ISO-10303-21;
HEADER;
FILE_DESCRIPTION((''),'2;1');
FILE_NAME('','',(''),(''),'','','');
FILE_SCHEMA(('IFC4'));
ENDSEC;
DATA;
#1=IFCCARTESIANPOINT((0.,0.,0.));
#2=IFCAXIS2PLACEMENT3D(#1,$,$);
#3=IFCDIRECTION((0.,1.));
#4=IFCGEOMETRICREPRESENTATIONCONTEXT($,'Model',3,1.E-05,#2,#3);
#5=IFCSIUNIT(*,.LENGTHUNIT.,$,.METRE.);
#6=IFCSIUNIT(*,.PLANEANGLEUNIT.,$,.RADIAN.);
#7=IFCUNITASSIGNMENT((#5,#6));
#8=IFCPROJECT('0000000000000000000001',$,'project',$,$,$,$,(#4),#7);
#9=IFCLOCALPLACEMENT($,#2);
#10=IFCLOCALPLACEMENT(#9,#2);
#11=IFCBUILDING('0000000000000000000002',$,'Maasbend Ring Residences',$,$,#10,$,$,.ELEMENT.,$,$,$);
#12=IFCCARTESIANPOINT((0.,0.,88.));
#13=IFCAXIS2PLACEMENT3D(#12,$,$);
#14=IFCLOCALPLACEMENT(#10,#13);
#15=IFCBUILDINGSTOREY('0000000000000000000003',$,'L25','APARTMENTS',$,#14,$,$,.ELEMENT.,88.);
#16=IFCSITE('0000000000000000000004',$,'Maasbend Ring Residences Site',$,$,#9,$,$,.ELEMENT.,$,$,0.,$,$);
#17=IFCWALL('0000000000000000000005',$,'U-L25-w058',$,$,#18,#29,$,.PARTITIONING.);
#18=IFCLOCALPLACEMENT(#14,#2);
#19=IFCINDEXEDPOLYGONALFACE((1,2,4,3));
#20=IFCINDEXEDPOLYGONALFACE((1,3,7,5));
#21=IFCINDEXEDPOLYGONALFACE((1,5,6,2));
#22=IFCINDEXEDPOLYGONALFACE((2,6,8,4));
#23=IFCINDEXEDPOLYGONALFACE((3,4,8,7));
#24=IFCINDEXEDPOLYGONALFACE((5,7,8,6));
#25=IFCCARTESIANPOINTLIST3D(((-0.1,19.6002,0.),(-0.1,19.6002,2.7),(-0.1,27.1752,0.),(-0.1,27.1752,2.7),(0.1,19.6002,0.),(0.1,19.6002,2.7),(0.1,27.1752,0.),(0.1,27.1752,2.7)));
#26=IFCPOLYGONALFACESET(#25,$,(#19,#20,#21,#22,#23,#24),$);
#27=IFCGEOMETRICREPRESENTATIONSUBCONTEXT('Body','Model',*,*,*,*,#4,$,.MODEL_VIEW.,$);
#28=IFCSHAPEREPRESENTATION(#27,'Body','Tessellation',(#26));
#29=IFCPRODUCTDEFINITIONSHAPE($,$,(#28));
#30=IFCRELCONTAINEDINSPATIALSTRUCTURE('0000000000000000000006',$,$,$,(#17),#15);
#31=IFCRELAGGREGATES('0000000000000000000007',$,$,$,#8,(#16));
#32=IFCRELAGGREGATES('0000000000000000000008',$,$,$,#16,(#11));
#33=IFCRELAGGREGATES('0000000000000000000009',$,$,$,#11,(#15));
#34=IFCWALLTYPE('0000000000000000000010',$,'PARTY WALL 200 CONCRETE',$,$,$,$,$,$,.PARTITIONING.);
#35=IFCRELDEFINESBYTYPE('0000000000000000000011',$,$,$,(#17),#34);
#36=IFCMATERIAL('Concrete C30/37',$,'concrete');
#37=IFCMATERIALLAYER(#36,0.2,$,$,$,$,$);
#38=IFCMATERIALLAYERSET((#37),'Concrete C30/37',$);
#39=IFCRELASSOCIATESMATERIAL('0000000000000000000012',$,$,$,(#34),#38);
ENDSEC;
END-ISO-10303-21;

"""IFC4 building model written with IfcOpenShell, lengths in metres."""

from ifc_helpers import new_model, si_unit, direction, frame, frame_2d, origin, place, context, subcontext, project, spatial, rectangle, extrude, material, layer, layer_set, type_object, element, save


model = new_model("IFC4")

# Units and contexts
model_context = context("Model", 3, precision=1e-05, world=origin(), true_north=direction((0.0, 1.0)))
body_context = subcontext(model_context, "Body", "Model", "MODEL_VIEW")
ifc_project = project(units=[si_unit("LENGTHUNIT", "METRE"), si_unit("PLANEANGLEUNIT", "RADIAN")], contexts=[model_context])

# Site, building, storey
site_placement = place(None, origin())
site = spatial("IfcSite", under=ifc_project, at=site_placement, Name="Maasbend Ring Residences Site", CompositionType="ELEMENT", RefElevation=0.0)
building_placement = place(site_placement, origin())
building = spatial("IfcBuilding", under=site, at=building_placement, Name="Maasbend Ring Residences", CompositionType="ELEMENT")
storey_placement = place(building_placement, frame((0.0, 0.0, 88.0)))
storey = spatial("IfcBuildingStorey", under=building, at=storey_placement, Name="L25", Description="APARTMENTS", CompositionType="ELEMENT", Elevation=88.0)

# Wall
ifc_material_1 = material(Name="Concrete C30/37", Category="concrete")
ifc_layer_1 = layer(ifc_material_1, 0.2)
ifc_layer_set_1 = layer_set([ifc_layer_1], Name="Concrete C30/37")
wall_type_1 = type_object("IfcWallType", Name="PARTY WALL 200 CONCRETE", PredefinedType="PARTITIONING", material=ifc_layer_set_1)
wall_1_placement = place(storey_placement, frame((0.0, 19.6001, 0.0), z_axis=(0.0, 0.0, 1.0), x_axis=(0.0, 1.0, 0.0)))
element("IfcWall", 1, at=wall_1_placement, inside=storey, type_object=wall_type_1, Name="U-L25-w058", PredefinedType="PARTITIONING", context=body_context, shape_type="SweptSolid", body=[
    extrude(rectangle(XDim=7.575, YDim=0.2, at=frame_2d((3.7876, 0.0))), origin(), (0.0, 0.0, 1.0), 2.7),
])

save(model, "model.ifc")
